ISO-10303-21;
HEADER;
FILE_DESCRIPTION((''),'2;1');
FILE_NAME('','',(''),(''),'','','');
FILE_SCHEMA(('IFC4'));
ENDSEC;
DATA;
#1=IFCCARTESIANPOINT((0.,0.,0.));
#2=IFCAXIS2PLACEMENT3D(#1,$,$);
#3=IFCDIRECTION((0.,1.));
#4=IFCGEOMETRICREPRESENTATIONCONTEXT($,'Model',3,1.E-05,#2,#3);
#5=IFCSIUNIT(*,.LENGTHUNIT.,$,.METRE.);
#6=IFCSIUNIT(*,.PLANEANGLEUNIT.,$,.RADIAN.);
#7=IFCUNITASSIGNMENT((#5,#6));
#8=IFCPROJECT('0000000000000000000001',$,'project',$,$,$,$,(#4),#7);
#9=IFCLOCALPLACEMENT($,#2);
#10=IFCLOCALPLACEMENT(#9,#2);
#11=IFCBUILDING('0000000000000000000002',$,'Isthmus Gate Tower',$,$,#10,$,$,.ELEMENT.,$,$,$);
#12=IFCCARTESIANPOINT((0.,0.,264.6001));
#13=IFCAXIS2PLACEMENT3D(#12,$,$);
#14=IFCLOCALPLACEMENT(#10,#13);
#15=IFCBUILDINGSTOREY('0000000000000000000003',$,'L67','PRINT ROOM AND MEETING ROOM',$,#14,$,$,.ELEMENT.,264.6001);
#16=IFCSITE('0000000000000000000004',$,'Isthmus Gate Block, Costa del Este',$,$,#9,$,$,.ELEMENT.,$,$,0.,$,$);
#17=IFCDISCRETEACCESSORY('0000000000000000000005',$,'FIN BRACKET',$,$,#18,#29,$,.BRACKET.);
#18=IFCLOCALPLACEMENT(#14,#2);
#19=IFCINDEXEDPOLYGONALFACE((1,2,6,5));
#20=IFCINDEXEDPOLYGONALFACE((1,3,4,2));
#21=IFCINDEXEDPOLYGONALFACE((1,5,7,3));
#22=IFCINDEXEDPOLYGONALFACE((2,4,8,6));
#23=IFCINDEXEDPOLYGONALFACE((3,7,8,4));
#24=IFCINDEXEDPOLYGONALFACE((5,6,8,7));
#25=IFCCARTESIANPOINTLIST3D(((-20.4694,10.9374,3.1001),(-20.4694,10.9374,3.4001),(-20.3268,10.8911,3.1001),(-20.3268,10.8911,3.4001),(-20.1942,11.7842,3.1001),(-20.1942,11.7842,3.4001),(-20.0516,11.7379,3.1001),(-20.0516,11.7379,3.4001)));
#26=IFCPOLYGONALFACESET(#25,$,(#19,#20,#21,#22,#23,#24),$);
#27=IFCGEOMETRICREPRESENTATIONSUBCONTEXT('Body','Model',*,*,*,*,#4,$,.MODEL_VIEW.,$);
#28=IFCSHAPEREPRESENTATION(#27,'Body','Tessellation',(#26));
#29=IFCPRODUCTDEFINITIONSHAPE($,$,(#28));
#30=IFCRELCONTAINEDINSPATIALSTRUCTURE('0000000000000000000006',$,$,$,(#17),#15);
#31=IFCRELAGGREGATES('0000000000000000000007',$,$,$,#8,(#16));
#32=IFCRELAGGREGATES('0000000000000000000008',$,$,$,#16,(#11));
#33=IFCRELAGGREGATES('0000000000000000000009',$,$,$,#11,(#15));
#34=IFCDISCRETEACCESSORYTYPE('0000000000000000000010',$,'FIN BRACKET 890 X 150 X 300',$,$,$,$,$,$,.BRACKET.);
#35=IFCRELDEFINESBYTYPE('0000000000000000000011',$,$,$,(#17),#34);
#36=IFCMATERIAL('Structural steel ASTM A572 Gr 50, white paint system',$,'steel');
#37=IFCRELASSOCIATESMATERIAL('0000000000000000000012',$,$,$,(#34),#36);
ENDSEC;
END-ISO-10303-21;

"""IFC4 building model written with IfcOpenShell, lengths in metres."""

from ifc_helpers import new_model, si_unit, direction, frame, origin, origin_2d, place, context, subcontext, project, spatial, rectangle, extrude, material, type_object, element, save


model = new_model("IFC4")

# Units and contexts
model_context = context("Model", 3, precision=1e-05, world=origin(), true_north=direction((0.0, 1.0)))
body_context = subcontext(model_context, "Body", "Model", "MODEL_VIEW")
ifc_project = project(units=[si_unit("LENGTHUNIT", "METRE"), si_unit("PLANEANGLEUNIT", "RADIAN")], contexts=[model_context])

# Site, building, storey
site_placement = place(None, origin())
site = spatial("IfcSite", under=ifc_project, at=site_placement, Name="Isthmus Gate Block, Costa del Este", CompositionType="ELEMENT", RefElevation=0.0)
building_placement = place(site_placement, origin())
building = spatial("IfcBuilding", under=site, at=building_placement, Name="Isthmus Gate Tower", CompositionType="ELEMENT")
storey_placement = place(building_placement, frame((0.0, 0.0, 264.6001)))
storey = spatial("IfcBuildingStorey", under=building, at=storey_placement, Name="L67", Description="PRINT ROOM AND MEETING ROOM", CompositionType="ELEMENT", Elevation=264.6001)

# Discrete accessory
ifc_material_1 = material(Name="Structural steel ASTM A572 Gr 50, white paint system", Category="steel")
discrete_accessory_type = type_object("IfcDiscreteAccessoryType", Name="FIN BRACKET 890 X 150 X 300", PredefinedType="BRACKET", material=ifc_material_1)
for number, where, z_axis, x_axis, name in (
    (1, (-20.2605, 11.3376, 3.1001), (0.0, 0.0, 1.0), (-0.951057, 0.309017, 0.0), "FIN BRACKET"),
):
    element("IfcDiscreteAccessory", number, at=place(storey_placement, frame(where, z_axis=z_axis, x_axis=x_axis)), inside=storey, type_object=discrete_accessory_type, Name=name, PredefinedType="BRACKET", context=body_context, shape_type="SweptSolid", body=[
        extrude(rectangle(XDim=0.1499, YDim=0.8904, at=origin_2d()), origin(), (0.0, 0.0, 1.0), 0.3),
    ])

save(model, "model.ifc")
